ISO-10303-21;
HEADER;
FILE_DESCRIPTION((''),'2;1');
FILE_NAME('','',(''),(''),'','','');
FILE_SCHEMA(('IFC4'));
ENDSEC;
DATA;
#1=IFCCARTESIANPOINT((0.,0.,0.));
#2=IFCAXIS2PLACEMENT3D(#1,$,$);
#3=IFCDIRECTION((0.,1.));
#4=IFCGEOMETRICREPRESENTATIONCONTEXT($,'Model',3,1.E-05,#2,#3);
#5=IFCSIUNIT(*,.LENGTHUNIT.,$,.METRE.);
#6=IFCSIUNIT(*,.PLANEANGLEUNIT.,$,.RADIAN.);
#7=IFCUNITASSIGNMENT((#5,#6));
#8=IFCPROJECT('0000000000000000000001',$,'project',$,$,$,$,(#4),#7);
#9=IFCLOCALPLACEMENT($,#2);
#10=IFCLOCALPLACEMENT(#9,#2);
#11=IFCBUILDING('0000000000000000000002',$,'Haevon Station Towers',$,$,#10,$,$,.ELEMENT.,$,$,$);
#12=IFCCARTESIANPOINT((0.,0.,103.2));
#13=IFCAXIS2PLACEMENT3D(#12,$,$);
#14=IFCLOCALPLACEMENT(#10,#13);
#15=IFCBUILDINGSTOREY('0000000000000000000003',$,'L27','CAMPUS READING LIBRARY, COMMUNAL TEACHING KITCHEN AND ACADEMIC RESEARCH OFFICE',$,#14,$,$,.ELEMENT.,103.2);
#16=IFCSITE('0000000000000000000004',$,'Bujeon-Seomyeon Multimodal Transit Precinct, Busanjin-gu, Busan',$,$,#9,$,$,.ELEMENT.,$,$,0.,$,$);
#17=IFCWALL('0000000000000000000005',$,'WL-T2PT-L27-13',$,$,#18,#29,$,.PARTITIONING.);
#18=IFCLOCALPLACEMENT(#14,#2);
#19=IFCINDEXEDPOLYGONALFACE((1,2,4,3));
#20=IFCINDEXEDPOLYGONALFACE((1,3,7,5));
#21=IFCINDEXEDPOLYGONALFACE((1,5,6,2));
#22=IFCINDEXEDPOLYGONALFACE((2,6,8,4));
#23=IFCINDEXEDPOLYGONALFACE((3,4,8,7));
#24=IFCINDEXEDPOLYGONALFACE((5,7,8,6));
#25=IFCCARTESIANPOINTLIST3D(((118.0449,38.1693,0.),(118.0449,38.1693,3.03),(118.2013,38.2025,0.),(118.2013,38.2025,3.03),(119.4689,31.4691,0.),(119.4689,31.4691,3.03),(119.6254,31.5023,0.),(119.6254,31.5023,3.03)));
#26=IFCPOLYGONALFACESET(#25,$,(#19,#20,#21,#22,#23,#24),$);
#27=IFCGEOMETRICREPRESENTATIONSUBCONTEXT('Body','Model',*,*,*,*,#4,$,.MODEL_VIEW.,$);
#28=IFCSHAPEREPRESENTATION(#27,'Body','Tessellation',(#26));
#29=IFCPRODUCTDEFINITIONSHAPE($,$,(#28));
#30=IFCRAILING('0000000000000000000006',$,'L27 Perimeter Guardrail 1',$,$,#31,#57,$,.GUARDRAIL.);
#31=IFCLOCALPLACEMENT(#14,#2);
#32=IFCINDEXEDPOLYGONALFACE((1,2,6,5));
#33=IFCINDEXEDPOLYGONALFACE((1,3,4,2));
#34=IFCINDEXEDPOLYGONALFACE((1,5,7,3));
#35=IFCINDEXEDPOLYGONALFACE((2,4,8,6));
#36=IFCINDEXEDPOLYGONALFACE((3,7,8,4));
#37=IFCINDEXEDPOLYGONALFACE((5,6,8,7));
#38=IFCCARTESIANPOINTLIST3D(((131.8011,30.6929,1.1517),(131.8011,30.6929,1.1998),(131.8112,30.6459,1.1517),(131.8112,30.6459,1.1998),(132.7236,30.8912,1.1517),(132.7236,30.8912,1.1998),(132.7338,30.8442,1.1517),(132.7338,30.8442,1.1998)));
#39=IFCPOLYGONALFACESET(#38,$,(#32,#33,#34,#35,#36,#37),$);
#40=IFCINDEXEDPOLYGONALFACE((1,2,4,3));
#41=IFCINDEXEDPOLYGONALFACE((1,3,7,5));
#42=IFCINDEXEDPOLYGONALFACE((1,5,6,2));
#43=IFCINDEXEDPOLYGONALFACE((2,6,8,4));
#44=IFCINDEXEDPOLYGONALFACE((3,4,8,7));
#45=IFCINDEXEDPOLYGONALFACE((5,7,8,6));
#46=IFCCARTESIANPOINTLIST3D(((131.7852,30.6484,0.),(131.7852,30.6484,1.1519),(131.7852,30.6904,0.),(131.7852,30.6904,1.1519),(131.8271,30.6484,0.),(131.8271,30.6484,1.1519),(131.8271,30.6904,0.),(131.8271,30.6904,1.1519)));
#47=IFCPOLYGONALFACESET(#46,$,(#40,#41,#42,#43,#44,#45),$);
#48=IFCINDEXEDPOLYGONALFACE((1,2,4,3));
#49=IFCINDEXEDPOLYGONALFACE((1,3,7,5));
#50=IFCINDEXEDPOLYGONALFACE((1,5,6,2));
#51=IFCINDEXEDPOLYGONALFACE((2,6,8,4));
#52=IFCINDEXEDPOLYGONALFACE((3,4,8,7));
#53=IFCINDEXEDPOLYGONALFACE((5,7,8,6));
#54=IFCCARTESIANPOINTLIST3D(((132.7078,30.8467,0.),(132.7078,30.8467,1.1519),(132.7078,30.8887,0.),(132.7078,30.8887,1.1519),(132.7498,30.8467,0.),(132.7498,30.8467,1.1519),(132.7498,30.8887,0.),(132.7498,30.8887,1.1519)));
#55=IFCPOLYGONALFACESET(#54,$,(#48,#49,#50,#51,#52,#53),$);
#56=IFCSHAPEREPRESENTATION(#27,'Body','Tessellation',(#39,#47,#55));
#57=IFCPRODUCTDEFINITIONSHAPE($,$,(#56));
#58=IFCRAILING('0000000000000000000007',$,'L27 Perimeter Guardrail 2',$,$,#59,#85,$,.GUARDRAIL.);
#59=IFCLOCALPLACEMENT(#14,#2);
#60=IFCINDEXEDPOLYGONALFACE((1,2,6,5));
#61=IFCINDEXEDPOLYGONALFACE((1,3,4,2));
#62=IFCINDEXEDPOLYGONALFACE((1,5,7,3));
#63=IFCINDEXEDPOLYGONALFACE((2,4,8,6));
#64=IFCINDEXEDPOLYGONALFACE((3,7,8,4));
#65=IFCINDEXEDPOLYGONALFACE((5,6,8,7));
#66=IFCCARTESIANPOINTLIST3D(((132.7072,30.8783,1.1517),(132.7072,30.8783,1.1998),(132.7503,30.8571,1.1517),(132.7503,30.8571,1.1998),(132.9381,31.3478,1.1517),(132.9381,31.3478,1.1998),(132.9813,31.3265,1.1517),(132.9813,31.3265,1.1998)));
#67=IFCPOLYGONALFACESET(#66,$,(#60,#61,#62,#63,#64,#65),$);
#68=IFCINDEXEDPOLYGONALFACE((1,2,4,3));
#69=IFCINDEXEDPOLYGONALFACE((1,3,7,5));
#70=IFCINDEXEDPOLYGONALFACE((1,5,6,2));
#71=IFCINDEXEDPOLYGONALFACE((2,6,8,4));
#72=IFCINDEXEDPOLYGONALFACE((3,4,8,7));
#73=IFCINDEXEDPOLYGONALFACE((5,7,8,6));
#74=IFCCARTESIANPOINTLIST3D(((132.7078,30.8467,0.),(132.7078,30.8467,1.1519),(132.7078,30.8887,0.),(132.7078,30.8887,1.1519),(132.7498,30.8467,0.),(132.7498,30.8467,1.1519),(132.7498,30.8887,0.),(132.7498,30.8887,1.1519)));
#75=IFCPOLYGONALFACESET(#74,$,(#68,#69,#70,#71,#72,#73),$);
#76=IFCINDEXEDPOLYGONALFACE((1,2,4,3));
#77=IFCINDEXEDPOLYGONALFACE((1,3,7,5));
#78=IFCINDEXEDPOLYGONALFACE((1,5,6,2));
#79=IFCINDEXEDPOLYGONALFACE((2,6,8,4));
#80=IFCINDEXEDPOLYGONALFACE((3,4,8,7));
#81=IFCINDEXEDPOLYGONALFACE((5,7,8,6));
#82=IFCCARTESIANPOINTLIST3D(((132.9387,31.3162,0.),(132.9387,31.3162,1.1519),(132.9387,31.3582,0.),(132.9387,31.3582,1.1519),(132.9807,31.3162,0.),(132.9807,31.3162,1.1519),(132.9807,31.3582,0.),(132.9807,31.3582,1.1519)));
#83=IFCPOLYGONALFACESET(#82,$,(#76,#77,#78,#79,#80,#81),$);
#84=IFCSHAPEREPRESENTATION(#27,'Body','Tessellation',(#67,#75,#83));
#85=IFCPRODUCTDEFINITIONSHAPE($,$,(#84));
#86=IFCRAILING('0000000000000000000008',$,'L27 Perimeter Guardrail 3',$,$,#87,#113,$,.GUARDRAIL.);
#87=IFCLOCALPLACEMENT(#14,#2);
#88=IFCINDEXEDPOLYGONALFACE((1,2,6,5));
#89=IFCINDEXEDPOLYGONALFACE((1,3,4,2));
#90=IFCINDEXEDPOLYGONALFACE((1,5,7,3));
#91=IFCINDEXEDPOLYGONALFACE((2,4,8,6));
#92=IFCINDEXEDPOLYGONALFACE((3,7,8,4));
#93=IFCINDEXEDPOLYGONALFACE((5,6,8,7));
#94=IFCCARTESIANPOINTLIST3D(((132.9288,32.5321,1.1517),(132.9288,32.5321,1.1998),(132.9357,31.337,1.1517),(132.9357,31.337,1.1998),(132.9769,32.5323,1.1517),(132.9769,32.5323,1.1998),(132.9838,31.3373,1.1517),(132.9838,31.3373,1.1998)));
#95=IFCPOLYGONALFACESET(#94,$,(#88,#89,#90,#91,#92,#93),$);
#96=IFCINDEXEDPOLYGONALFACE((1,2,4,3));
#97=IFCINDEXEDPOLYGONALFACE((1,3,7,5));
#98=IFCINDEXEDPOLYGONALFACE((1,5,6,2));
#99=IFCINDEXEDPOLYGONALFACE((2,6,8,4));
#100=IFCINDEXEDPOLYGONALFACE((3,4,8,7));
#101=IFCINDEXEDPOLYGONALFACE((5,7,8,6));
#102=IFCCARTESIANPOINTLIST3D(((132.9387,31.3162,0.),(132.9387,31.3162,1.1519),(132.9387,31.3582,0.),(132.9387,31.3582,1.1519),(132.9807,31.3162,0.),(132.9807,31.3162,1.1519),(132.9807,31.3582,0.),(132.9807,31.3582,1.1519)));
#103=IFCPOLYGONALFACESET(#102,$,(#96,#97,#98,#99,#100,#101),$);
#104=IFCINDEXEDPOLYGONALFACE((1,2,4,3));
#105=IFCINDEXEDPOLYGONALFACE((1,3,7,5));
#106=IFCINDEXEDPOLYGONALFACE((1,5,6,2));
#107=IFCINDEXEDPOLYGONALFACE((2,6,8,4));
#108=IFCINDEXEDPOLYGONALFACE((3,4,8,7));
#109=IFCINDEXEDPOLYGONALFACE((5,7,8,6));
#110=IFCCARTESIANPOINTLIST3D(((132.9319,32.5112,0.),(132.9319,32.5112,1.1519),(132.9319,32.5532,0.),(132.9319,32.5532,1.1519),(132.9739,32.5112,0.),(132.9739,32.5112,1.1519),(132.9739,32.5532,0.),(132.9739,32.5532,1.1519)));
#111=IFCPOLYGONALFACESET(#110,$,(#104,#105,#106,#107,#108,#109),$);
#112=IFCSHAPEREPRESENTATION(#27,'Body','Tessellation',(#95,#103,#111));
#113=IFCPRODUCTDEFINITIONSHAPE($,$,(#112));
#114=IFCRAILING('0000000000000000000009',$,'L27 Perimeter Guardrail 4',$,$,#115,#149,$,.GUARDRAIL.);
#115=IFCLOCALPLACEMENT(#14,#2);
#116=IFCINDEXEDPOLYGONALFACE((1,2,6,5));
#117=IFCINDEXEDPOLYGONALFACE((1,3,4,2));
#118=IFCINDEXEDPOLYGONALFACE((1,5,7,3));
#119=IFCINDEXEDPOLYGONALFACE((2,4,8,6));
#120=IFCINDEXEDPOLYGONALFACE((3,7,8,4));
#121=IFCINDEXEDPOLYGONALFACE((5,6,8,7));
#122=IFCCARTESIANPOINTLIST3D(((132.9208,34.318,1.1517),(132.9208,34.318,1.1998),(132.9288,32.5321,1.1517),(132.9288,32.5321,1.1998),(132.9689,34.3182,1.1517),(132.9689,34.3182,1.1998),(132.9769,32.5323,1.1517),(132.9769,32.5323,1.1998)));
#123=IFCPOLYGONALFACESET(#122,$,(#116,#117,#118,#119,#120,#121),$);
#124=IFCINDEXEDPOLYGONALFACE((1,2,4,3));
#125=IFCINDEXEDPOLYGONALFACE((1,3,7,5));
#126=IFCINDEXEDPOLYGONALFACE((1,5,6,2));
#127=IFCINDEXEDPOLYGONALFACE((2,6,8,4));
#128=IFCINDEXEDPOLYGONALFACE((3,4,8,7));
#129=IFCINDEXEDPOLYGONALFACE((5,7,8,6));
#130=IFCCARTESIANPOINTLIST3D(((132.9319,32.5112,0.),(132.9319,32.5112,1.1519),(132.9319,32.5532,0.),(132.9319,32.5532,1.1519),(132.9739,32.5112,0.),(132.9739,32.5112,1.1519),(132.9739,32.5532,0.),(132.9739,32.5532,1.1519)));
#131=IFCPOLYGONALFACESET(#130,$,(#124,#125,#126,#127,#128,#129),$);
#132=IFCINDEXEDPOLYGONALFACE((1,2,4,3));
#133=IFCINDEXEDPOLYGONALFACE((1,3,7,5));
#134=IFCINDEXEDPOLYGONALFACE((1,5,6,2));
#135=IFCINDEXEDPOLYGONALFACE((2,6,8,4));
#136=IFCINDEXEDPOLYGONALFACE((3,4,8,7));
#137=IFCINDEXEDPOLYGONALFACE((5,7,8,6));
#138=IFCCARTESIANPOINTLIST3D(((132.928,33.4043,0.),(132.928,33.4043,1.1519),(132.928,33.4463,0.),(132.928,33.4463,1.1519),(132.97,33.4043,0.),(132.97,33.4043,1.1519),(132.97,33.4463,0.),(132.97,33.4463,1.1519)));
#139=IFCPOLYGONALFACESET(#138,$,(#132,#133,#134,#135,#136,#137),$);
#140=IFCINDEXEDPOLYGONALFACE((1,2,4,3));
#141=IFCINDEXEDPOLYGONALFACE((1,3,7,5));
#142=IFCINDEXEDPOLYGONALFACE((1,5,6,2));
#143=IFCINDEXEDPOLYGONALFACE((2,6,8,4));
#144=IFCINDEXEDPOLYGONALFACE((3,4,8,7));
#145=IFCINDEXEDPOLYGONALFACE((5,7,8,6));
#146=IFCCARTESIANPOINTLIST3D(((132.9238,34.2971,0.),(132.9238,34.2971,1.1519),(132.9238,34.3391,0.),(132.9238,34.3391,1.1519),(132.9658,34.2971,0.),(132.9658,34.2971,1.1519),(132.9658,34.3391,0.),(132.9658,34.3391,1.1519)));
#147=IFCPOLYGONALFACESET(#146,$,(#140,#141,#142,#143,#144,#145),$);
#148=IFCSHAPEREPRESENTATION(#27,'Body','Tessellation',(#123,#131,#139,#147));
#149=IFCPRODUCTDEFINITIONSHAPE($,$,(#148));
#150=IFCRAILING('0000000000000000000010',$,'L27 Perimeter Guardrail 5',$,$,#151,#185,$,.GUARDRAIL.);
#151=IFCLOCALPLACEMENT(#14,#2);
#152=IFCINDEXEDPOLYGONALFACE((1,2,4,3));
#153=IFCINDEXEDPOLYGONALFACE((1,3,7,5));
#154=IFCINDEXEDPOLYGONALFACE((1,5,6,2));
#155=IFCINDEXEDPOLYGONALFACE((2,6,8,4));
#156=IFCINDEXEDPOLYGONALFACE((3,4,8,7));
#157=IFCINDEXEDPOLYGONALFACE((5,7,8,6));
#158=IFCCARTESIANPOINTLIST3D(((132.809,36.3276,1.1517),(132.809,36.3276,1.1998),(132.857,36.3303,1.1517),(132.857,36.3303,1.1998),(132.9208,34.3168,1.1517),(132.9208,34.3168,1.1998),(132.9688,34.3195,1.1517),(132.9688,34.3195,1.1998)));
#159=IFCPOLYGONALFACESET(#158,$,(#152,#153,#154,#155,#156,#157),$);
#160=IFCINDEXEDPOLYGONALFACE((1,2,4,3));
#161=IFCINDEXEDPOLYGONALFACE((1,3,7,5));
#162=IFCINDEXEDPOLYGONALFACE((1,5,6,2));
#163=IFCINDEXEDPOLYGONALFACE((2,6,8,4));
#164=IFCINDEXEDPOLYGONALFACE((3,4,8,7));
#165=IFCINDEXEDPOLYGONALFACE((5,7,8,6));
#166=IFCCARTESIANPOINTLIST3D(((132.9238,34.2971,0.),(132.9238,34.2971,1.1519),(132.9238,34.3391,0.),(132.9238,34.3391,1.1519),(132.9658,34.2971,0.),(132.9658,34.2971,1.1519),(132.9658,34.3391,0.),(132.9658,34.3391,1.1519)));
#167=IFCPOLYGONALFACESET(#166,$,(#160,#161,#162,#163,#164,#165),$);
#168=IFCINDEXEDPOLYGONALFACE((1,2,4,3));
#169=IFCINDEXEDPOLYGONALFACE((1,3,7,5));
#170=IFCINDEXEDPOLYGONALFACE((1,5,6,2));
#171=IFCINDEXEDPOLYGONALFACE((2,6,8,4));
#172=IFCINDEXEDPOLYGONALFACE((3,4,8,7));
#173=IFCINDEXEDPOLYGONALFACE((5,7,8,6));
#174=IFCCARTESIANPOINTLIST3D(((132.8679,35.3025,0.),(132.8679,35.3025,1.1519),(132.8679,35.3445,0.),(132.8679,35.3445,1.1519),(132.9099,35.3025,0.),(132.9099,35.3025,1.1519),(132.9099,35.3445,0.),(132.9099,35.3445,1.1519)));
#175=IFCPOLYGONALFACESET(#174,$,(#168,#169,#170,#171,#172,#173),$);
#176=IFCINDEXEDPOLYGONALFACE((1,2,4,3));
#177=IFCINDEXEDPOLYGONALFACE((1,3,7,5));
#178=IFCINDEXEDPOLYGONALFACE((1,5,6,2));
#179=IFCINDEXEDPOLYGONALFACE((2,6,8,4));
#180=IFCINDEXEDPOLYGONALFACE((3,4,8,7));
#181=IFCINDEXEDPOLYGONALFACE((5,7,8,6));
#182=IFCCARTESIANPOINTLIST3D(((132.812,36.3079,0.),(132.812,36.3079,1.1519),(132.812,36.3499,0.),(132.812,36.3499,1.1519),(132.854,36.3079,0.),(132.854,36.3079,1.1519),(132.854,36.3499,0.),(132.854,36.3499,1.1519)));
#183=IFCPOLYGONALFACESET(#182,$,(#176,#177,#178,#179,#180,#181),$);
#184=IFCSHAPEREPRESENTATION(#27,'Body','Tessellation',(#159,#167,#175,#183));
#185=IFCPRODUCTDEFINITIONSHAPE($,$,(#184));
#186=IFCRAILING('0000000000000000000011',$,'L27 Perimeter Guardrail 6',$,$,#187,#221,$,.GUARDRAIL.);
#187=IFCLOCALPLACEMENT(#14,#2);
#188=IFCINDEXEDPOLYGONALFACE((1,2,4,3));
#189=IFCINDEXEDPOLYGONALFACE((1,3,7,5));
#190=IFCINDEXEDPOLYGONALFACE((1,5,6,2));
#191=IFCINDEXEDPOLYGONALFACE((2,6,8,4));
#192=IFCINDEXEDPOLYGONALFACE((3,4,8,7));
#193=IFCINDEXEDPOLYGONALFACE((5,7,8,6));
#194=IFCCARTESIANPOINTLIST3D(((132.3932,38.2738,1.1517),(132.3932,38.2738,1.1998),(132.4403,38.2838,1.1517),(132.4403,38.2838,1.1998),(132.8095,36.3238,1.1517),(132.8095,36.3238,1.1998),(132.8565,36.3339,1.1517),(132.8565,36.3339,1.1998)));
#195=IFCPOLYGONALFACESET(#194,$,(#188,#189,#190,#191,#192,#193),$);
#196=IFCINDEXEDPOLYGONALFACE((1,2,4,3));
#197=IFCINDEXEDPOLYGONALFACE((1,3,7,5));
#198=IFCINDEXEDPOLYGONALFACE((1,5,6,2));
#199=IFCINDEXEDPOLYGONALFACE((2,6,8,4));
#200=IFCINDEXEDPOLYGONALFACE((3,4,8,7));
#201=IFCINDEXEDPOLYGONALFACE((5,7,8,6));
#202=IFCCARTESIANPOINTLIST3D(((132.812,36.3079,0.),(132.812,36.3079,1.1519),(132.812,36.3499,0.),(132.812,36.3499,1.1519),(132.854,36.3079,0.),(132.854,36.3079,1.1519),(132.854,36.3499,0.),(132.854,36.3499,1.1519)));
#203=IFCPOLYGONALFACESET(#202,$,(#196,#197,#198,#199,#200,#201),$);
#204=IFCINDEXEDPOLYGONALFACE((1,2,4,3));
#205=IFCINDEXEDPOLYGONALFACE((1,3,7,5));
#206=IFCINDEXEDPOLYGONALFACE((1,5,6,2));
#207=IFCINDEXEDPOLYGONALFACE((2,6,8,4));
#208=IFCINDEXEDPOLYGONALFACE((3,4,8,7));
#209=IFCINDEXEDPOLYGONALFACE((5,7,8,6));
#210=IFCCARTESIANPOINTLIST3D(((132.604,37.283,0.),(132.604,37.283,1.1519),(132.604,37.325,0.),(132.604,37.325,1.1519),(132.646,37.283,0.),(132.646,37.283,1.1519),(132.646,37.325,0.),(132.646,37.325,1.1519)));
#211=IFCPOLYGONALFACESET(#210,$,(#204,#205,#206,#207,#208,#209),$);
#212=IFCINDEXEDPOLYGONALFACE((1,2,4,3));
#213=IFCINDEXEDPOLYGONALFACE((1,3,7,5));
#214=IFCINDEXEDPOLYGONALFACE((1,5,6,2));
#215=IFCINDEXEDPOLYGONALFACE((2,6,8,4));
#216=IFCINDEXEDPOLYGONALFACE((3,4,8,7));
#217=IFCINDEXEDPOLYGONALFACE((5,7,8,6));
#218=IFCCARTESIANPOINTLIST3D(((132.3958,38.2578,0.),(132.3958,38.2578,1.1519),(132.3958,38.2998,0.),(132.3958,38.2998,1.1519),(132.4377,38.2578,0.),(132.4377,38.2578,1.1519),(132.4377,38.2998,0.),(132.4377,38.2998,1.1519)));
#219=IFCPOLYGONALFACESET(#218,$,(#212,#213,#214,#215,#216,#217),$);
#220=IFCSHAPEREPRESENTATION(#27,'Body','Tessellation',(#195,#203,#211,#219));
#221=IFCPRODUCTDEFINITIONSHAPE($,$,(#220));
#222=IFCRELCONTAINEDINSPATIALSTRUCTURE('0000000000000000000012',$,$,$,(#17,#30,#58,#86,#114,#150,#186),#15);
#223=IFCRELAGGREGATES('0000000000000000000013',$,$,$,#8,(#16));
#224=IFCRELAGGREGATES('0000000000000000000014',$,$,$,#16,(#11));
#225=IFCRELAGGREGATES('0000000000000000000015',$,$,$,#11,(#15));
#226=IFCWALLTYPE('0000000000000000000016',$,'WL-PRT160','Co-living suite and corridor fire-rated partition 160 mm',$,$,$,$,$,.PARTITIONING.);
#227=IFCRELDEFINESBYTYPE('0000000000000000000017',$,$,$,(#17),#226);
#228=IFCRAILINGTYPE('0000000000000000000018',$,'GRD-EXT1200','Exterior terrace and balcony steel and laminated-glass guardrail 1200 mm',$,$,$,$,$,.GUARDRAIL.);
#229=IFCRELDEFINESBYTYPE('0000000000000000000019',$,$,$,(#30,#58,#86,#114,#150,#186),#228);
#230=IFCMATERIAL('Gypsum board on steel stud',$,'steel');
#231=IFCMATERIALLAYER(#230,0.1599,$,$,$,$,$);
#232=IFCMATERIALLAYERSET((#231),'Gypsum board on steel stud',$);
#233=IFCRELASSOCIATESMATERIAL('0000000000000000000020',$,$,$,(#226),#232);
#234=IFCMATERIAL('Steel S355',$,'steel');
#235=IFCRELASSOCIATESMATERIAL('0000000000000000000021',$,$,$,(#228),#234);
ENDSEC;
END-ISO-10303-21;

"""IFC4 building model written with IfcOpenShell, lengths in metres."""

from ifc_helpers import new_model, si_unit, direction, frame, frame_2d, origin, origin_2d, place, context, subcontext, project, spatial, rectangle, extrude, material, layer, layer_set, type_object, element, save


model = new_model("IFC4")

# Units and contexts
model_context = context("Model", 3, precision=1e-05, world=origin(), true_north=direction((0.0, 1.0)))
body_context = subcontext(model_context, "Body", "Model", "MODEL_VIEW")
ifc_project = project(units=[si_unit("LENGTHUNIT", "METRE"), si_unit("PLANEANGLEUNIT", "RADIAN")], contexts=[model_context])

# Site, building, storey
site_placement = place(None, origin())
site = spatial("IfcSite", under=ifc_project, at=site_placement, Name="Bujeon-Seomyeon Multimodal Transit Precinct, Busanjin-gu, Busan", CompositionType="ELEMENT", RefElevation=0.0)
building_placement = place(site_placement, origin())
building = spatial("IfcBuilding", under=site, at=building_placement, Name="Haevon Station Towers", CompositionType="ELEMENT")
storey_placement = place(building_placement, frame((0.0, 0.0, 103.2)))
storey = spatial("IfcBuildingStorey", under=building, at=storey_placement, Name="L27", Description="CAMPUS READING LIBRARY, COMMUNAL TEACHING KITCHEN AND ACADEMIC RESEARCH OFFICE", CompositionType="ELEMENT", Elevation=103.2)

# Shared definitions
ifc_material_1 = material(Name="Steel S355", Category="steel")

# Shared definitions
ifc_material_2 = material(Name="Gypsum board on steel stud", Category="steel")

# Shared definitions
ifc_layer_1 = layer(ifc_material_2, 0.1599)
ifc_layer_set_1 = layer_set([ifc_layer_1], Name="Gypsum board on steel stud")
wall_type_1 = type_object("IfcWallType", Name="WL-PRT160", Description="Co-living suite and corridor fire-rated partition 160 mm", PredefinedType="PARTITIONING", material=ifc_layer_set_1)

# Wall
wall_1_placement = place(storey_placement, frame((119.5471, 31.4858, 0.0), z_axis=(0.0, 0.0, 1.0), x_axis=(-0.207898, 0.978151, 0.0)))
element("IfcWall", 1, at=wall_1_placement, inside=storey, type_object=wall_type_1, Name="WL-T2PT-L27-13", PredefinedType="PARTITIONING", context=body_context, shape_type="SweptSolid", body=[
    extrude(rectangle(XDim=6.8499, YDim=0.1599, at=frame_2d((3.4248, 0.0))), origin(), (0.0, 0.0, 1.0), 3.03),
])

# Railings
railing_type = type_object("IfcRailingType", Name="GRD-EXT1200", Description="Exterior terrace and balcony steel and laminated-glass guardrail 1200 mm", PredefinedType="GUARDRAIL", material=ifc_material_1)
railing_1_placement = place(storey_placement, frame((131.8062, 30.6694, 0.0)))
element("IfcRailing", 2, at=railing_1_placement, inside=storey, type_object=railing_type, Name="L27 Perimeter Guardrail 1", PredefinedType="GUARDRAIL", context=body_context, shape_type="SweptSolid", body=[
    extrude(rectangle(XDim=0.0481, YDim=0.0481, at=origin_2d()), frame((0.0, 0.0, 1.1758), z_axis=(0.977685, 0.210077, 0.0), x_axis=(-0.210077, 0.977685, 0.0)), (0.0, 0.0, 1.0), 0.9436),
    extrude(rectangle(XDim=0.042, YDim=0.042, at=origin_2d()), origin(), (0.0, 0.0, 1.0), 1.1519),
    extrude(rectangle(XDim=0.042, YDim=0.042, at=origin_2d()), frame((0.9226, 0.1982, 0.0)), (0.0, 0.0, 1.0), 1.1519),
])
railing_2_placement = place(storey_placement, frame((132.7288, 30.8677, 0.0)))
element("IfcRailing", 3, at=railing_2_placement, inside=storey, type_object=railing_type, Name="L27 Perimeter Guardrail 2", PredefinedType="GUARDRAIL", context=body_context, shape_type="SweptSolid", body=[
    extrude(rectangle(XDim=0.0481, YDim=0.0481, at=origin_2d()), frame((0.0, 0.0, 1.1758), z_axis=(0.441418, 0.897301, 0.0), x_axis=(-0.897301, 0.441418, 0.0)), (0.0, 0.0, 1.0), 0.5232),
    extrude(rectangle(XDim=0.042, YDim=0.042, at=origin_2d()), origin(), (0.0, 0.0, 1.0), 1.1519),
    extrude(rectangle(XDim=0.042, YDim=0.042, at=origin_2d()), frame((0.231, 0.4695, 0.0)), (0.0, 0.0, 1.0), 1.1519),
])
railing_3_placement = place(storey_placement, frame((132.9597, 31.3372, 0.0)))
element("IfcRailing", 4, at=railing_3_placement, inside=storey, type_object=railing_type, Name="L27 Perimeter Guardrail 3", PredefinedType="GUARDRAIL", context=body_context, shape_type="SweptSolid", body=[
    extrude(rectangle(XDim=0.0481, YDim=0.0481, at=origin_2d()), frame((0.0, 0.0, 1.1758), z_axis=(-0.00572, 0.999984, 0.0), x_axis=(-0.999984, -0.00572, 0.0)), (0.0, 0.0, 1.0), 1.1951),
    extrude(rectangle(XDim=0.042, YDim=0.042, at=origin_2d()), origin(), (0.0, 0.0, 1.0), 1.1519),
    extrude(rectangle(XDim=0.042, YDim=0.042, at=origin_2d()), frame((-0.0068, 1.1951, 0.0)), (0.0, 0.0, 1.0), 1.1519),
])
railing_4_placement = place(storey_placement, frame((132.9529, 32.5322, 0.0)))
element("IfcRailing", 5, at=railing_4_placement, inside=storey, type_object=railing_type, Name="L27 Perimeter Guardrail 4", PredefinedType="GUARDRAIL", context=body_context, shape_type="SweptSolid", body=[
    extrude(rectangle(XDim=0.0481, YDim=0.0481, at=origin_2d()), frame((0.0, 0.0, 1.1758), z_axis=(-0.004511, 0.99999, 0.0), x_axis=(-0.99999, -0.004511, 0.0)), (0.0, 0.0, 1.0), 1.7859),
    extrude(rectangle(XDim=0.042, YDim=0.042, at=origin_2d()), origin(), (0.0, 0.0, 1.0), 1.1519),
    extrude(rectangle(XDim=0.042, YDim=0.042, at=origin_2d()), frame((-0.0039, 0.8931, 0.0)), (0.0, 0.0, 1.0), 1.1519),
    extrude(rectangle(XDim=0.042, YDim=0.042, at=origin_2d()), frame((-0.0081, 1.7859, 0.0)), (0.0, 0.0, 1.0), 1.1519),
])
railing_5_placement = place(storey_placement, frame((132.9448, 34.3181, 0.0)))
element("IfcRailing", 6, at=railing_5_placement, inside=storey, type_object=railing_type, Name="L27 Perimeter Guardrail 5", PredefinedType="GUARDRAIL", context=body_context, shape_type="SweptSolid", body=[
    extrude(rectangle(XDim=0.0481, YDim=0.0481, at=origin_2d()), frame((0.0, 0.0, 1.1758), z_axis=(-0.055524, 0.998457, 0.0), x_axis=(-0.998457, -0.055524, 0.0)), (0.0, 0.0, 1.0), 2.0139),
    extrude(rectangle(XDim=0.042, YDim=0.042, at=origin_2d()), origin(), (0.0, 0.0, 1.0), 1.1519),
    extrude(rectangle(XDim=0.042, YDim=0.042, at=origin_2d()), frame((-0.0559, 1.0054, 0.0)), (0.0, 0.0, 1.0), 1.1519),
    extrude(rectangle(XDim=0.042, YDim=0.042, at=origin_2d()), frame((-0.1118, 2.0107, 0.0)), (0.0, 0.0, 1.0), 1.1519),
])
railing_6_placement = place(storey_placement, frame((132.833, 36.3289, 0.0)))
element("IfcRailing", 7, at=railing_6_placement, inside=storey, type_object=railing_type, Name="L27 Perimeter Guardrail 6", PredefinedType="GUARDRAIL", context=body_context, shape_type="SweptSolid", body=[
    extrude(rectangle(XDim=0.0481, YDim=0.0481, at=origin_2d()), frame((0.0, 0.0, 1.1758), z_axis=(-0.208768, 0.977965, 0.0), x_axis=(-0.977965, -0.208768, 0.0)), (0.0, 0.0, 1.0), 1.9939),
    extrude(rectangle(XDim=0.042, YDim=0.042, at=origin_2d()), origin(), (0.0, 0.0, 1.0), 1.1519),
    extrude(rectangle(XDim=0.042, YDim=0.042, at=origin_2d()), frame((-0.208, 0.9751, 0.0)), (0.0, 0.0, 1.0), 1.1519),
    extrude(rectangle(XDim=0.042, YDim=0.042, at=origin_2d()), frame((-0.4163, 1.95, 0.0)), (0.0, 0.0, 1.0), 1.1519),
])

save(model, "model.ifc")
